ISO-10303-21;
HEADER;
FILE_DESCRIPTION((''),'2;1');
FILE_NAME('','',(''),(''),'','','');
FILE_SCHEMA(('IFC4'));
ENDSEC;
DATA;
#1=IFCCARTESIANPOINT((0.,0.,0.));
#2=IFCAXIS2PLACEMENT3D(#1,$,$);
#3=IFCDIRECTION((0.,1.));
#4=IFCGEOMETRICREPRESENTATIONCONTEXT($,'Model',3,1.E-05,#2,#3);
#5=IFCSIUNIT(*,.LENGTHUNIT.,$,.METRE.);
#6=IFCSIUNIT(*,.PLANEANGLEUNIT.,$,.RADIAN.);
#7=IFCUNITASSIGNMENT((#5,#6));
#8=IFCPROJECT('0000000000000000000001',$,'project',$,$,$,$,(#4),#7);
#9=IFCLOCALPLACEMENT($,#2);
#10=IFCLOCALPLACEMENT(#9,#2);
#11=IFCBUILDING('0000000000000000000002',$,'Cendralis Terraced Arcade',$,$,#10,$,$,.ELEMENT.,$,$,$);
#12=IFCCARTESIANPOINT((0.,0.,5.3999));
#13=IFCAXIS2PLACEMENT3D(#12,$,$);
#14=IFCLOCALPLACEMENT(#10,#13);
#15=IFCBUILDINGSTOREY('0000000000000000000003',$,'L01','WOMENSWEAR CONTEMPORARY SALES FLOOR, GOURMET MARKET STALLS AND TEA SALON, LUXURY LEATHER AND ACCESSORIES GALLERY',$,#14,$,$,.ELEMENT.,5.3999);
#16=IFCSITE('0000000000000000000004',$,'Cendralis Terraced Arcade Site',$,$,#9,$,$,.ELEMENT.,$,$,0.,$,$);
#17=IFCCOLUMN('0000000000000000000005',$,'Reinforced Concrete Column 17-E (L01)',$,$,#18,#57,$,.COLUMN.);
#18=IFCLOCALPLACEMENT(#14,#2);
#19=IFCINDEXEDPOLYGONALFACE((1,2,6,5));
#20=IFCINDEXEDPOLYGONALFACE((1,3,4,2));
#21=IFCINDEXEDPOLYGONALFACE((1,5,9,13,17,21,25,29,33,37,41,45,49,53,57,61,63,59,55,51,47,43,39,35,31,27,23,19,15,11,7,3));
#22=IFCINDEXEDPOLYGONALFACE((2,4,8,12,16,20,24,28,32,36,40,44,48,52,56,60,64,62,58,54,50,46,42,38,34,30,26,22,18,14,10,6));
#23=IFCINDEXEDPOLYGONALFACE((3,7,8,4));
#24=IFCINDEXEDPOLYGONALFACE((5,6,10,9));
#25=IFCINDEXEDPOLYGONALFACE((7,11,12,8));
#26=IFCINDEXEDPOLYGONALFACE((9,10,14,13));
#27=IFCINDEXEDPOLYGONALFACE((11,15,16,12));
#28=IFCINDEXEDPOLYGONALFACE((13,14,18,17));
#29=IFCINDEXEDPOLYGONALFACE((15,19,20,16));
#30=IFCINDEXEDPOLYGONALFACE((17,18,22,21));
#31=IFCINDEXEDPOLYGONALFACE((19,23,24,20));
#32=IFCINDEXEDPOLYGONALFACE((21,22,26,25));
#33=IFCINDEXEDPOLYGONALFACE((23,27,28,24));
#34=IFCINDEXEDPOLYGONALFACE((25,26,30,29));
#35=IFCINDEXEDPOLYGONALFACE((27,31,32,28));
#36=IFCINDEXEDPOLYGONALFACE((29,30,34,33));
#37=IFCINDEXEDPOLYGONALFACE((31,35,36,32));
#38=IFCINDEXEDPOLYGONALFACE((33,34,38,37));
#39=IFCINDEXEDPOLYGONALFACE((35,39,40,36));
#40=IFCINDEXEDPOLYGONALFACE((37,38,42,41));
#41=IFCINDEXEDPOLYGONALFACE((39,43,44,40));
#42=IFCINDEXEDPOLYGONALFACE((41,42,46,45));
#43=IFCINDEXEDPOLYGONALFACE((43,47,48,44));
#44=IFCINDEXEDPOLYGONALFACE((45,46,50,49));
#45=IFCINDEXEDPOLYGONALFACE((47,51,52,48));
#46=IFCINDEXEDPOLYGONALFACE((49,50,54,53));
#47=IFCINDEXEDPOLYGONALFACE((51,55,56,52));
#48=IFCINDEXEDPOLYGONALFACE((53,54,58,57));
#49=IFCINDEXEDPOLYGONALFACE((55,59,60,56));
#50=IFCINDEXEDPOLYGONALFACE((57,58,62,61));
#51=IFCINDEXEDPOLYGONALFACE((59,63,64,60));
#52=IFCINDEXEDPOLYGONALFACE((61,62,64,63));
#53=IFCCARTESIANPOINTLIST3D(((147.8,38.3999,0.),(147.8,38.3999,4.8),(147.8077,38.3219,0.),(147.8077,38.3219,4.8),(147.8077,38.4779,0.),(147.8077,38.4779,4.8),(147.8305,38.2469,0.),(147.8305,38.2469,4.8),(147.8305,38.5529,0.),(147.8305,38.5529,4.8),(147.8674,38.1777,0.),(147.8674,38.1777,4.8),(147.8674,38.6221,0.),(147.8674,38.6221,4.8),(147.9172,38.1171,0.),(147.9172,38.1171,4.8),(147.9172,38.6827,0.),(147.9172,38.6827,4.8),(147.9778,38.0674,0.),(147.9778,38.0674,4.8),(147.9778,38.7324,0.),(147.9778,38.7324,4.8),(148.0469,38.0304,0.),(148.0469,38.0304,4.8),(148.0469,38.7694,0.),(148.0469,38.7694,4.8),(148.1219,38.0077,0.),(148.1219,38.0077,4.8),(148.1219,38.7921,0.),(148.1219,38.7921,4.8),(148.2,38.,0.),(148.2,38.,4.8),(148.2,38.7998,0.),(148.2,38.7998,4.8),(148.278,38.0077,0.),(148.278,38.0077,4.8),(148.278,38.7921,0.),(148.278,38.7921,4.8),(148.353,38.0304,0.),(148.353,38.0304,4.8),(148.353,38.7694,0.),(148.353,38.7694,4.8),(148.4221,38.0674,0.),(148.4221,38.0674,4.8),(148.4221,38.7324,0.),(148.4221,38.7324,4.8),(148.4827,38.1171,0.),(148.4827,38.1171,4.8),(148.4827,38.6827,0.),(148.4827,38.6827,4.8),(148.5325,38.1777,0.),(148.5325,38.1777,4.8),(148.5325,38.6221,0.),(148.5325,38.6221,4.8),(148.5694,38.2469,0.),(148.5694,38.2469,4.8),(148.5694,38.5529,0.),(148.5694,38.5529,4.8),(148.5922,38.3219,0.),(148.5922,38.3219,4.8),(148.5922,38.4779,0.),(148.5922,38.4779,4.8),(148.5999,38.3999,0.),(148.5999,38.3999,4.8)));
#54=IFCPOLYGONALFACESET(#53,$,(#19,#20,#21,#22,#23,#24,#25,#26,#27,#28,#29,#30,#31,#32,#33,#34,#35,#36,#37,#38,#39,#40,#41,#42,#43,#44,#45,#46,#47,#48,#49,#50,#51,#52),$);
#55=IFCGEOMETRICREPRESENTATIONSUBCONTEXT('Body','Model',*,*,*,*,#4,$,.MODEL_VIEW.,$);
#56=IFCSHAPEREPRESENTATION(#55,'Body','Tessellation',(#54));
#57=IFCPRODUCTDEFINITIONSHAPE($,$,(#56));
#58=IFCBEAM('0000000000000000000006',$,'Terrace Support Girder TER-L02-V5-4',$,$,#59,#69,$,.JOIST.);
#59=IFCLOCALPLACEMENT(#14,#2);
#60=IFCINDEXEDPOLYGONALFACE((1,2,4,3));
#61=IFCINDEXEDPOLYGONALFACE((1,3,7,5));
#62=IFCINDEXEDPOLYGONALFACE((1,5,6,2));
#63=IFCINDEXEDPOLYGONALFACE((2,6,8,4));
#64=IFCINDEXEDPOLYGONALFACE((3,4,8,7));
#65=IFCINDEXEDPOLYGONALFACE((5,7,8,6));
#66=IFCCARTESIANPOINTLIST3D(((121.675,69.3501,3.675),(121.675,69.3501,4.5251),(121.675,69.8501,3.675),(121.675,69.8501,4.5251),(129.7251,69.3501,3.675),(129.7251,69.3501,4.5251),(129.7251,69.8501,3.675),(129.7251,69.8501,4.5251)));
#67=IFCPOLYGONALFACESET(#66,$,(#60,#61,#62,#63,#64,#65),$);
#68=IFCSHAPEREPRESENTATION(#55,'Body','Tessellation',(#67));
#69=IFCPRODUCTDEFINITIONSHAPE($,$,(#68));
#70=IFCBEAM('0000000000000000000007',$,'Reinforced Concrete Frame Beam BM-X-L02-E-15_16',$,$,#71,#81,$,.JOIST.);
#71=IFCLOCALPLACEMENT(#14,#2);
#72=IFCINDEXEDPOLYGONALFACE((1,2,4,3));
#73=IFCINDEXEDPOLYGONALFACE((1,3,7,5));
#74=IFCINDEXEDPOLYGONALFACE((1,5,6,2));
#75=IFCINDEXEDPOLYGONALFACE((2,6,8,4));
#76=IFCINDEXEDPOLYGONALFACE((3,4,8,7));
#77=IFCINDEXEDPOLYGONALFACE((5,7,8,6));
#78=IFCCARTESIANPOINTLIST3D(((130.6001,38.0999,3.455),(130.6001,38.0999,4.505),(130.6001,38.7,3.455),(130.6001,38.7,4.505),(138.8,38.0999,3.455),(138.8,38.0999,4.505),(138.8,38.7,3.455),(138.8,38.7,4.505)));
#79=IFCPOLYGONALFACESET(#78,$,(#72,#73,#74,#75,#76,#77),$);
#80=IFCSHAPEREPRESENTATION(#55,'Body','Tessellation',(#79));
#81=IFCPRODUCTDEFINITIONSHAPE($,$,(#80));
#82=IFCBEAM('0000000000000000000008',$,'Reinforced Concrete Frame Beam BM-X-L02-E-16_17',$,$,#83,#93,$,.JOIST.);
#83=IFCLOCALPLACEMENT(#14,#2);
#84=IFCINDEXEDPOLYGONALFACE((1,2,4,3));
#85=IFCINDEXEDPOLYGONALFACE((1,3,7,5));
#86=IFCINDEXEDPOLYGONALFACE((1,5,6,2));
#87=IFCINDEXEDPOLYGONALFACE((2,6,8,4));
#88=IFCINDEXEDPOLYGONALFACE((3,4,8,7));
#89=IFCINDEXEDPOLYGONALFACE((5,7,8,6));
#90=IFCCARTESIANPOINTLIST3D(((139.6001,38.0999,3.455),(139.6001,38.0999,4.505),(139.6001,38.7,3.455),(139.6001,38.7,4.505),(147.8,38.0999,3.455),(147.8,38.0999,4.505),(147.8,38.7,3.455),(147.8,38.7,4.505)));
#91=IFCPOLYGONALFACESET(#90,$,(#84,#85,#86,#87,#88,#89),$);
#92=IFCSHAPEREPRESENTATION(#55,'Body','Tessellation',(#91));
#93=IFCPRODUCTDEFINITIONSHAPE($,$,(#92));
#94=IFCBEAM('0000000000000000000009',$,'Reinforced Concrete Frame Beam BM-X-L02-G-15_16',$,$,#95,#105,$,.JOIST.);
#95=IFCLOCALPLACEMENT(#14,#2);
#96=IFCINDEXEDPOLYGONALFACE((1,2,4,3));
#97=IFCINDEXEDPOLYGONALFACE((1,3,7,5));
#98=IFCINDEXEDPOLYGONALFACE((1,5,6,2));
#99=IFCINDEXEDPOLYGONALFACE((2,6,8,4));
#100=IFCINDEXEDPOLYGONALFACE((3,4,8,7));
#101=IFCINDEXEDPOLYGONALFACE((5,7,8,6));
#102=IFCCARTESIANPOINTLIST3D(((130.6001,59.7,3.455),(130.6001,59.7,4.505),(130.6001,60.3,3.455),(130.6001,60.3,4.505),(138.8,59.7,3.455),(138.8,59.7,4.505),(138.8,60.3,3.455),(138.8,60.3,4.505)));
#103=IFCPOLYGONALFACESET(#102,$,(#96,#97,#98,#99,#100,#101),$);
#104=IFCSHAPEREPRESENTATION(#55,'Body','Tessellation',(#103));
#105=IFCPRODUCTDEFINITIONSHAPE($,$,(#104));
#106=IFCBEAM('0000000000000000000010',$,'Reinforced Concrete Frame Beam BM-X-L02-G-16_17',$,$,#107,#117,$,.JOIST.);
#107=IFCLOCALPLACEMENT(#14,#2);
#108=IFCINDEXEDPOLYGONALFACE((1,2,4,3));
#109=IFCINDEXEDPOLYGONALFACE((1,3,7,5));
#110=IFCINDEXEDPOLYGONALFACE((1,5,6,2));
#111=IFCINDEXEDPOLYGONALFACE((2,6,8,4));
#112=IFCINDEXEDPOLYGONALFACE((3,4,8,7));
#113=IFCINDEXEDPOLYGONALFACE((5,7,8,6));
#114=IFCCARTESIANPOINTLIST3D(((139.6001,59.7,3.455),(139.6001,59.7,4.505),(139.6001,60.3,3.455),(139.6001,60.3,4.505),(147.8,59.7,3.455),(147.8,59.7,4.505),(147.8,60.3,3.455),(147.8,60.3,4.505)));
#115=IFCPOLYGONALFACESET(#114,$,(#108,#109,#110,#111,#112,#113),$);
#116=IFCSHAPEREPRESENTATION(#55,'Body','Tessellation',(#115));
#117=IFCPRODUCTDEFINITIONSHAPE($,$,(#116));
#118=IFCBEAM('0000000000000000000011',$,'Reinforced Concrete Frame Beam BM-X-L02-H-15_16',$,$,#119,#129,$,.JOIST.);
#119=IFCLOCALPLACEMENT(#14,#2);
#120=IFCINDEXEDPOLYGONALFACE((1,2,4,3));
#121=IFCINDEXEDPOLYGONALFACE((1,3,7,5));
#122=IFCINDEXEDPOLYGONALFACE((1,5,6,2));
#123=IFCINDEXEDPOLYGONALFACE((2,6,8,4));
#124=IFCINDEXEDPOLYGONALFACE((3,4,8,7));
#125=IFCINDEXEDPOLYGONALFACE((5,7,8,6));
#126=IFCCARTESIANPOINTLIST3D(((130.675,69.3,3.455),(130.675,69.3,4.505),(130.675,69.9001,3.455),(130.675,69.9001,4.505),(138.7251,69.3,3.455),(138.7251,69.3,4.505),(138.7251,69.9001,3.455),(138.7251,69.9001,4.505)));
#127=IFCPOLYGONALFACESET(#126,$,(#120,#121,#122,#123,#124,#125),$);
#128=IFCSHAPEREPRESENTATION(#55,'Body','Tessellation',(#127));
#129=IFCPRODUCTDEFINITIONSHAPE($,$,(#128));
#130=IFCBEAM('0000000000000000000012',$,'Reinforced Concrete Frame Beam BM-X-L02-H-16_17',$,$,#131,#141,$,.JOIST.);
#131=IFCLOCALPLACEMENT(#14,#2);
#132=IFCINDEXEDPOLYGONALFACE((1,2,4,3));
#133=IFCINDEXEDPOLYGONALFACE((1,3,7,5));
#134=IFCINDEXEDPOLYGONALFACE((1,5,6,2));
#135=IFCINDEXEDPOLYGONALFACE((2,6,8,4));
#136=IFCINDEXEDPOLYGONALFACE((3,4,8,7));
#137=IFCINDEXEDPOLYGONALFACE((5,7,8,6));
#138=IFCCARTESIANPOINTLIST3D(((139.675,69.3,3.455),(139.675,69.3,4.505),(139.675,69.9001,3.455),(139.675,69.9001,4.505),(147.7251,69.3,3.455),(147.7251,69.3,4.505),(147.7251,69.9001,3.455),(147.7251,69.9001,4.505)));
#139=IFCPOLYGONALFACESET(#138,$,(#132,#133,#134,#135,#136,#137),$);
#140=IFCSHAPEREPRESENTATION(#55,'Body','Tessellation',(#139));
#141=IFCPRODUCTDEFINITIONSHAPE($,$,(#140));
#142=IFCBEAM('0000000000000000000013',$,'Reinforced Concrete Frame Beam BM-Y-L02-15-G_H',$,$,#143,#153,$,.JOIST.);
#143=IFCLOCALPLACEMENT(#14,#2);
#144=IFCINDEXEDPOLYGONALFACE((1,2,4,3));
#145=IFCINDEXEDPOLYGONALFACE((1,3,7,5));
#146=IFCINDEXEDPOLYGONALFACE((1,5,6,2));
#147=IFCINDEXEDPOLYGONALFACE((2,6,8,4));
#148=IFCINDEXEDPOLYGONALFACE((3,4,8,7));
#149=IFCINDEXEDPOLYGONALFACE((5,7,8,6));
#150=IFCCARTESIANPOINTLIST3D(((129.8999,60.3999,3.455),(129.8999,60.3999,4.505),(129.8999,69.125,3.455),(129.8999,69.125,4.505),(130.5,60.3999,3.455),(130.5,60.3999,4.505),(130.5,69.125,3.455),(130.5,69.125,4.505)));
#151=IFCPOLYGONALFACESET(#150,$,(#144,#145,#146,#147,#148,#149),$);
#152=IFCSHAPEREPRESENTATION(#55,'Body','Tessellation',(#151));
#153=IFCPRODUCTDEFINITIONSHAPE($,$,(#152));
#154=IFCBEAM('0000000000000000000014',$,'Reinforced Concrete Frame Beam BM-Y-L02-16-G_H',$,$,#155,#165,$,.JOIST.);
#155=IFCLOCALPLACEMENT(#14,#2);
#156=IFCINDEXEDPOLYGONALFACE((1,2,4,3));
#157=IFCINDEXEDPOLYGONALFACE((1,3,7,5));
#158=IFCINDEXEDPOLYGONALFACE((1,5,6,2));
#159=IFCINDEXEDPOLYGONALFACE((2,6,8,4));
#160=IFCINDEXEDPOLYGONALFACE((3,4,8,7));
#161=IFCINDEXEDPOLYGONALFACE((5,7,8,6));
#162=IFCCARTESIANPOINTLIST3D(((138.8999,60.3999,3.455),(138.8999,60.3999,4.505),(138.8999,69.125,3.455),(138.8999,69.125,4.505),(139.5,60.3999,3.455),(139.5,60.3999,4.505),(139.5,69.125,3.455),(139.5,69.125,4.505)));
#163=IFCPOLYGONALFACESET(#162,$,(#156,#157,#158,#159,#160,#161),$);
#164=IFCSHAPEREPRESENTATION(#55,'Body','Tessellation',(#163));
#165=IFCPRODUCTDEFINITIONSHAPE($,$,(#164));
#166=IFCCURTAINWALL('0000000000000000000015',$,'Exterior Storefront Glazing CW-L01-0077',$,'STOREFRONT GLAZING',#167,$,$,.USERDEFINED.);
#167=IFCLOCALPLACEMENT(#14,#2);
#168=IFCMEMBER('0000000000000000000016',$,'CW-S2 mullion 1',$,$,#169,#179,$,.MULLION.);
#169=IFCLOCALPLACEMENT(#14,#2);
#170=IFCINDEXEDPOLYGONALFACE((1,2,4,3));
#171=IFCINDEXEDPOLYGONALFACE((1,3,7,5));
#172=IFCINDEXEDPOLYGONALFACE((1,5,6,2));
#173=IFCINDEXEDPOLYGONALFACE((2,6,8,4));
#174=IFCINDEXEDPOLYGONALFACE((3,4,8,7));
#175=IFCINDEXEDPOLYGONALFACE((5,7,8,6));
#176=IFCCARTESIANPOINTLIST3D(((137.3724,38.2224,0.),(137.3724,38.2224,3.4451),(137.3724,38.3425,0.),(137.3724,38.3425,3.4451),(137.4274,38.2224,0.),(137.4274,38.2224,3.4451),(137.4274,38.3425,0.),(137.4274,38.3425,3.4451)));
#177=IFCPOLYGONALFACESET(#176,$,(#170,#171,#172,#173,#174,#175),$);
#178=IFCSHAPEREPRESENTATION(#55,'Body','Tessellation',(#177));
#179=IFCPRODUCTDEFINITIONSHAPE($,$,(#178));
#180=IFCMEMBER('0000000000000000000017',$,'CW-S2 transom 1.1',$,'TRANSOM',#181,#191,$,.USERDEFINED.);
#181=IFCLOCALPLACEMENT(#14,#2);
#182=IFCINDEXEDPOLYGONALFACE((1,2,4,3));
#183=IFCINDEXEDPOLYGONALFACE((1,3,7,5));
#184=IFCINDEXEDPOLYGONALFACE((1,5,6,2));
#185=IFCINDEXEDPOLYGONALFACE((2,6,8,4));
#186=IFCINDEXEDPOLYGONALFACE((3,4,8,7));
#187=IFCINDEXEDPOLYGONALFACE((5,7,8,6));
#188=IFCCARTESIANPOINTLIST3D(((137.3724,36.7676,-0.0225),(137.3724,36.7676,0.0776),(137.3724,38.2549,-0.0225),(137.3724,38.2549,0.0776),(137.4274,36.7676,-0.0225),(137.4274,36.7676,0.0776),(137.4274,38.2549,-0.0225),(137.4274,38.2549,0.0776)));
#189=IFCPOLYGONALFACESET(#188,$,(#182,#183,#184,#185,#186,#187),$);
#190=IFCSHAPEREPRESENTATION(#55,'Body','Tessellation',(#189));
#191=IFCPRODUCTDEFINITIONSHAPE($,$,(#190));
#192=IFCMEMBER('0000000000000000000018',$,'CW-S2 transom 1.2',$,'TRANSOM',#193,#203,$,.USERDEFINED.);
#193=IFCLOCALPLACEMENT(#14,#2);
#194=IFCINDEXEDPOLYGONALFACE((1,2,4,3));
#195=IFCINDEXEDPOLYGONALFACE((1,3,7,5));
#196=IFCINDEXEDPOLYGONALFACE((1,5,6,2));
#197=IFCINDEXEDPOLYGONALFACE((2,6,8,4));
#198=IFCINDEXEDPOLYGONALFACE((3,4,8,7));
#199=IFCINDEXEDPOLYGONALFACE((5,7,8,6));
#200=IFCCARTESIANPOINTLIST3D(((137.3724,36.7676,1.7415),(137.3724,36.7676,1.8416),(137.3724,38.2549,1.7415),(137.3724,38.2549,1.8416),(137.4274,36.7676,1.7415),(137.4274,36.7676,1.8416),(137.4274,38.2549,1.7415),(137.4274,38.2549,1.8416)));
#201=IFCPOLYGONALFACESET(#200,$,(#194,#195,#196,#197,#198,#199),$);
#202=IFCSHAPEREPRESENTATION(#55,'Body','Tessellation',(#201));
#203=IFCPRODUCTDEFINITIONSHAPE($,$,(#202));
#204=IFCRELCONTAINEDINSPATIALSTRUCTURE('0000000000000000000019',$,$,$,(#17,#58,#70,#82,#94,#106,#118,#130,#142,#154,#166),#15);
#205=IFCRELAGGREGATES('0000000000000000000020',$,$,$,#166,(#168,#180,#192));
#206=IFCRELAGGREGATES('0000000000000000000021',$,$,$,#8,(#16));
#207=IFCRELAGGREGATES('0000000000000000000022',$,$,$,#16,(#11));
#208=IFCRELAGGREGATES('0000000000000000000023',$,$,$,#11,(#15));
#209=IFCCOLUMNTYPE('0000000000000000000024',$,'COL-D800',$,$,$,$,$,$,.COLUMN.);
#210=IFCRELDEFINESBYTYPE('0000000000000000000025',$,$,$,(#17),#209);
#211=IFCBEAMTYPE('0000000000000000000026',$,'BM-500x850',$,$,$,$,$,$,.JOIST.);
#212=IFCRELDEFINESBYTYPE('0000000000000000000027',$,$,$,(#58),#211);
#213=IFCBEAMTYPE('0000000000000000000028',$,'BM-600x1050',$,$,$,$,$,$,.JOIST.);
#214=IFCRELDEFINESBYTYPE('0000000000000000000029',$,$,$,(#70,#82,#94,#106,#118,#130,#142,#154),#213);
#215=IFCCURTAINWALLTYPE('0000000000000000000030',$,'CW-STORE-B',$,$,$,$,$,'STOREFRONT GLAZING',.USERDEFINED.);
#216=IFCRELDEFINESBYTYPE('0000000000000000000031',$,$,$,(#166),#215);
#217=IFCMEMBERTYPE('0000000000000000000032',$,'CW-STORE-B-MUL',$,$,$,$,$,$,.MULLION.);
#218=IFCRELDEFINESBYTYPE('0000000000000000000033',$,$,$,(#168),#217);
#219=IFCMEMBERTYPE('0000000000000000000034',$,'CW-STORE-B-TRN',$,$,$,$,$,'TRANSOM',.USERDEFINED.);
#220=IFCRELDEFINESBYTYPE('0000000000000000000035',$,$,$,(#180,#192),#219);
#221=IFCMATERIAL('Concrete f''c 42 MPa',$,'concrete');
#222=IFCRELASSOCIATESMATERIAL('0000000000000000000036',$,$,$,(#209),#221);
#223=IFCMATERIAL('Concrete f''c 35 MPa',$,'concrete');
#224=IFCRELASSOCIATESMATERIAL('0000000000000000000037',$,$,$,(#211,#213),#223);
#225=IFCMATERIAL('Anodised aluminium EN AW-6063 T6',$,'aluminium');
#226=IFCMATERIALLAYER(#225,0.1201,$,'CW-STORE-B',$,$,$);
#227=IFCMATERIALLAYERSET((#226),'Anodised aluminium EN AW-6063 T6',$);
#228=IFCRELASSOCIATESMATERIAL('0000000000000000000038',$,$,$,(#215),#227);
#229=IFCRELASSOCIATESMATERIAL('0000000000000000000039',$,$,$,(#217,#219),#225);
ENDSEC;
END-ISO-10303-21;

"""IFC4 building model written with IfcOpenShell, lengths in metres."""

from ifc_helpers import new_model, si_unit, direction, frame, origin, origin_2d, place, context, subcontext, project, spatial, rectangle, circle, extrude, material, layer, layer_set, material_profile, profile_set, type_object, element, aggregate, save


model = new_model("IFC4")

# Units and contexts
model_context = context("Model", 3, precision=1e-05, world=origin(), true_north=direction((0.0, 1.0)))
body_context = subcontext(model_context, "Body", "Model", "MODEL_VIEW")
ifc_project = project(units=[si_unit("LENGTHUNIT", "METRE"), si_unit("PLANEANGLEUNIT", "RADIAN")], contexts=[model_context])

# Site, building, storey
site_placement = place(None, origin())
site = spatial("IfcSite", under=ifc_project, at=site_placement, Name="Cendralis Terraced Arcade Site", CompositionType="ELEMENT", RefElevation=0.0)
building_placement = place(site_placement, origin())
building = spatial("IfcBuilding", under=site, at=building_placement, Name="Cendralis Terraced Arcade", CompositionType="ELEMENT")
storey_placement = place(building_placement, frame((0.0, 0.0, 5.3999)))
storey = spatial("IfcBuildingStorey", under=building, at=storey_placement, Name="L01", Description="WOMENSWEAR CONTEMPORARY SALES FLOOR, GOURMET MARKET STALLS AND TEA SALON, LUXURY LEATHER AND ACCESSORIES GALLERY", CompositionType="ELEMENT", Elevation=5.3999)

# Column
ifc_material_1 = material(Name="Concrete f'c 42 MPa", Category="concrete")
ifc_material_profile_1 = material_profile(ifc_material_1, circle(Radius=0.3999, at=origin_2d()), Name="RC-COL-D800", Category="LoadBearing")
ifc_profile_set_1 = profile_set([ifc_material_profile_1], Name="Concrete f'c 42 MPa")
column_type_1 = type_object("IfcColumnType", Name="COL-D800", PredefinedType="COLUMN", material=ifc_profile_set_1)
for number, where, z_axis, x_axis, name in (
    (1, (148.2, 38.3999, 0.0), (0.0, 0.0, 1.0), (1.0, 0.0, 0.0), "Reinforced Concrete Column 17-E (L01)"),
):
    element("IfcColumn", number, at=place(storey_placement, frame(where, z_axis=z_axis, x_axis=x_axis)), inside=storey, type_object=column_type_1, Name=name, PredefinedType="COLUMN", context=body_context, shape_type="SweptSolid", body=[
        extrude(circle(Radius=0.3999, at=origin_2d()), origin(), (0.0, 0.0, 1.0), 4.8),
    ])

# Beams
ifc_material_2 = material(Name="Concrete f'c 35 MPa", Category="concrete")
ifc_material_profile_2 = material_profile(ifc_material_2, rectangle(XDim=0.5, YDim=0.8501, at=origin_2d()), Name="RC-BM-500x850", Category="LoadBearing")
ifc_profile_set_2 = profile_set([ifc_material_profile_2], Name="Concrete f'c 35 MPa")
beam_type_1 = type_object("IfcBeamType", Name="BM-500x850", PredefinedType="JOIST", material=ifc_profile_set_2)
beam_placement = place(storey_placement, frame((121.675, 69.6001, 4.1001), z_axis=(1.0, 0.0, 0.0), x_axis=(0.0, 1.0, 0.0)))
element("IfcBeam", 2, at=beam_placement, inside=storey, type_object=beam_type_1, Name="Terrace Support Girder TER-L02-V5-4", PredefinedType="JOIST", context=body_context, shape_type="SweptSolid", body=[
    extrude(rectangle(XDim=0.5, YDim=0.8501, at=origin_2d()), origin(), (0.0, 0.0, 1.0), 8.05),
])
ifc_material_profile_3 = material_profile(ifc_material_2, rectangle(XDim=0.6001, YDim=1.05, at=origin_2d()), Name="RC-BM-600x1050", Category="LoadBearing")
ifc_profile_set_3 = profile_set([ifc_material_profile_3], Name="Concrete f'c 35 MPa")
beam_type_2 = type_object("IfcBeamType", Name="BM-600x1050", PredefinedType="JOIST", material=ifc_profile_set_3)
for number, where, z_axis, x_axis, name in (
    (3, (130.6001, 38.3999, 3.98), (1.0, 0.0, 0.0), (0.0, 1.0, 0.0), "Reinforced Concrete Frame Beam BM-X-L02-E-15_16"),
    (4, (139.6001, 38.3999, 3.98), (1.0, 0.0, 0.0), (0.0, 1.0, 0.0), "Reinforced Concrete Frame Beam BM-X-L02-E-16_17"),
    (5, (130.6001, 60.0, 3.98), (1.0, 0.0, 0.0), (0.0, 1.0, 0.0), "Reinforced Concrete Frame Beam BM-X-L02-G-15_16"),
    (6, (139.6001, 60.0, 3.98), (1.0, 0.0, 0.0), (0.0, 1.0, 0.0), "Reinforced Concrete Frame Beam BM-X-L02-G-16_17"),
):
    element("IfcBeam", number, at=place(storey_placement, frame(where, z_axis=z_axis, x_axis=x_axis)), inside=storey, type_object=beam_type_2, Name=name, PredefinedType="JOIST", context=body_context, shape_type="SweptSolid", body=[
        extrude(rectangle(XDim=0.6001, YDim=1.05, at=origin_2d()), origin(), (0.0, 0.0, 1.0), 8.2),
    ])
for number, where, z_axis, x_axis, name in (
    (7, (130.675, 69.6001, 3.98), (1.0, 0.0, 0.0), (0.0, 1.0, 0.0), "Reinforced Concrete Frame Beam BM-X-L02-H-15_16"),
    (8, (139.675, 69.6001, 3.98), (1.0, 0.0, 0.0), (0.0, 1.0, 0.0), "Reinforced Concrete Frame Beam BM-X-L02-H-16_17"),
):
    element("IfcBeam", number, at=place(storey_placement, frame(where, z_axis=z_axis, x_axis=x_axis)), inside=storey, type_object=beam_type_2, Name=name, PredefinedType="JOIST", context=body_context, shape_type="SweptSolid", body=[
        extrude(rectangle(XDim=0.6001, YDim=1.05, at=origin_2d()), origin(), (0.0, 0.0, 1.0), 8.05),
    ])
for number, where, z_axis, x_axis, name in (
    (9, (130.2, 60.3999, 3.98), (0.0, 1.0, 0.0), (-1.0, 0.0, 0.0), "Reinforced Concrete Frame Beam BM-Y-L02-15-G_H"),
    (10, (139.2, 60.3999, 3.98), (0.0, 1.0, 0.0), (-1.0, 0.0, 0.0), "Reinforced Concrete Frame Beam BM-Y-L02-16-G_H"),
):
    element("IfcBeam", number, at=place(storey_placement, frame(where, z_axis=z_axis, x_axis=x_axis)), inside=storey, type_object=beam_type_2, Name=name, PredefinedType="JOIST", context=body_context, shape_type="SweptSolid", body=[
        extrude(rectangle(XDim=0.6001, YDim=1.05, at=origin_2d()), origin(), (0.0, 0.0, 1.0), 8.7251),
    ])

# Curtain wall, members
ifc_material_3 = material(Name="Anodised aluminium EN AW-6063 T6", Category="aluminium")
ifc_layer_1 = layer(ifc_material_3, 0.1201, Name="CW-STORE-B")
ifc_layer_set_1 = layer_set([ifc_layer_1], Name="Anodised aluminium EN AW-6063 T6")
curtain_wall_type = type_object("IfcCurtainWallType", Name="CW-STORE-B", ElementType="STOREFRONT GLAZING", PredefinedType="USERDEFINED", material=ifc_layer_set_1)
curtain_wall_placement = place(storey_placement, origin())
curtain_wall = element("IfcCurtainWall", 11, at=curtain_wall_placement, inside=storey, type_object=curtain_wall_type, Name="Exterior Storefront Glazing CW-L01-0077", ObjectType="STOREFRONT GLAZING", PredefinedType="USERDEFINED")
ifc_material_profile_4 = material_profile(ifc_material_3, rectangle(XDim=0.0549, YDim=0.1201, at=origin_2d()), Name="ALU-MUL-55x120")
ifc_profile_set_4 = profile_set([ifc_material_profile_4], Name="Anodised aluminium EN AW-6063 T6")
member_type_1 = type_object("IfcMemberType", Name="CW-STORE-B-MUL", PredefinedType="MULLION", material=ifc_profile_set_4)
member_1_placement = place(storey_placement, frame((137.3999, 38.2825, 0.0), z_axis=(0.0, 0.0, 1.0), x_axis=(1.0, 0.0, 0.0)))
member_1 = element("IfcMember", 12, at=member_1_placement, type_object=member_type_1, Name="CW-S2 mullion 1", PredefinedType="MULLION", context=body_context, shape_type="SweptSolid", body=[
    extrude(rectangle(XDim=0.0549, YDim=0.1201, at=origin_2d()), origin(), (0.0, 0.0, 1.0), 3.4451),
])
ifc_material_profile_5 = material_profile(ifc_material_3, rectangle(XDim=0.0549, YDim=0.1001, at=origin_2d()), Name="ALU-TRN-55x100")
ifc_profile_set_5 = profile_set([ifc_material_profile_5], Name="Anodised aluminium EN AW-6063 T6")
member_type_2 = type_object("IfcMemberType", Name="CW-STORE-B-TRN", ElementType="TRANSOM", PredefinedType="USERDEFINED", material=ifc_profile_set_5)
member_2_placement = place(storey_placement, frame((137.3999, 38.2549, 0.0276), z_axis=(0.0, -1.0, 0.0), x_axis=(1.0, 0.0, 0.0)))
member_2 = element("IfcMember", 13, at=member_2_placement, type_object=member_type_2, Name="CW-S2 transom 1.1", ObjectType="TRANSOM", PredefinedType="USERDEFINED", context=body_context, shape_type="SweptSolid", body=[
    extrude(rectangle(XDim=0.0549, YDim=0.1001, at=origin_2d()), origin(), (0.0, 0.0, 1.0), 1.4873),
])
member_3_placement = place(storey_placement, frame((137.3999, 38.2549, 1.7915), z_axis=(0.0, -1.0, 0.0), x_axis=(1.0, 0.0, 0.0)))
member_3 = element("IfcMember", 14, at=member_3_placement, type_object=member_type_2, Name="CW-S2 transom 1.2", ObjectType="TRANSOM", PredefinedType="USERDEFINED", context=body_context, shape_type="SweptSolid", body=[
    extrude(rectangle(XDim=0.0549, YDim=0.1001, at=origin_2d()), origin(), (0.0, 0.0, 1.0), 1.4873),
])
aggregate(curtain_wall, [member_1, member_2, member_3])

save(model, "model.ifc")
